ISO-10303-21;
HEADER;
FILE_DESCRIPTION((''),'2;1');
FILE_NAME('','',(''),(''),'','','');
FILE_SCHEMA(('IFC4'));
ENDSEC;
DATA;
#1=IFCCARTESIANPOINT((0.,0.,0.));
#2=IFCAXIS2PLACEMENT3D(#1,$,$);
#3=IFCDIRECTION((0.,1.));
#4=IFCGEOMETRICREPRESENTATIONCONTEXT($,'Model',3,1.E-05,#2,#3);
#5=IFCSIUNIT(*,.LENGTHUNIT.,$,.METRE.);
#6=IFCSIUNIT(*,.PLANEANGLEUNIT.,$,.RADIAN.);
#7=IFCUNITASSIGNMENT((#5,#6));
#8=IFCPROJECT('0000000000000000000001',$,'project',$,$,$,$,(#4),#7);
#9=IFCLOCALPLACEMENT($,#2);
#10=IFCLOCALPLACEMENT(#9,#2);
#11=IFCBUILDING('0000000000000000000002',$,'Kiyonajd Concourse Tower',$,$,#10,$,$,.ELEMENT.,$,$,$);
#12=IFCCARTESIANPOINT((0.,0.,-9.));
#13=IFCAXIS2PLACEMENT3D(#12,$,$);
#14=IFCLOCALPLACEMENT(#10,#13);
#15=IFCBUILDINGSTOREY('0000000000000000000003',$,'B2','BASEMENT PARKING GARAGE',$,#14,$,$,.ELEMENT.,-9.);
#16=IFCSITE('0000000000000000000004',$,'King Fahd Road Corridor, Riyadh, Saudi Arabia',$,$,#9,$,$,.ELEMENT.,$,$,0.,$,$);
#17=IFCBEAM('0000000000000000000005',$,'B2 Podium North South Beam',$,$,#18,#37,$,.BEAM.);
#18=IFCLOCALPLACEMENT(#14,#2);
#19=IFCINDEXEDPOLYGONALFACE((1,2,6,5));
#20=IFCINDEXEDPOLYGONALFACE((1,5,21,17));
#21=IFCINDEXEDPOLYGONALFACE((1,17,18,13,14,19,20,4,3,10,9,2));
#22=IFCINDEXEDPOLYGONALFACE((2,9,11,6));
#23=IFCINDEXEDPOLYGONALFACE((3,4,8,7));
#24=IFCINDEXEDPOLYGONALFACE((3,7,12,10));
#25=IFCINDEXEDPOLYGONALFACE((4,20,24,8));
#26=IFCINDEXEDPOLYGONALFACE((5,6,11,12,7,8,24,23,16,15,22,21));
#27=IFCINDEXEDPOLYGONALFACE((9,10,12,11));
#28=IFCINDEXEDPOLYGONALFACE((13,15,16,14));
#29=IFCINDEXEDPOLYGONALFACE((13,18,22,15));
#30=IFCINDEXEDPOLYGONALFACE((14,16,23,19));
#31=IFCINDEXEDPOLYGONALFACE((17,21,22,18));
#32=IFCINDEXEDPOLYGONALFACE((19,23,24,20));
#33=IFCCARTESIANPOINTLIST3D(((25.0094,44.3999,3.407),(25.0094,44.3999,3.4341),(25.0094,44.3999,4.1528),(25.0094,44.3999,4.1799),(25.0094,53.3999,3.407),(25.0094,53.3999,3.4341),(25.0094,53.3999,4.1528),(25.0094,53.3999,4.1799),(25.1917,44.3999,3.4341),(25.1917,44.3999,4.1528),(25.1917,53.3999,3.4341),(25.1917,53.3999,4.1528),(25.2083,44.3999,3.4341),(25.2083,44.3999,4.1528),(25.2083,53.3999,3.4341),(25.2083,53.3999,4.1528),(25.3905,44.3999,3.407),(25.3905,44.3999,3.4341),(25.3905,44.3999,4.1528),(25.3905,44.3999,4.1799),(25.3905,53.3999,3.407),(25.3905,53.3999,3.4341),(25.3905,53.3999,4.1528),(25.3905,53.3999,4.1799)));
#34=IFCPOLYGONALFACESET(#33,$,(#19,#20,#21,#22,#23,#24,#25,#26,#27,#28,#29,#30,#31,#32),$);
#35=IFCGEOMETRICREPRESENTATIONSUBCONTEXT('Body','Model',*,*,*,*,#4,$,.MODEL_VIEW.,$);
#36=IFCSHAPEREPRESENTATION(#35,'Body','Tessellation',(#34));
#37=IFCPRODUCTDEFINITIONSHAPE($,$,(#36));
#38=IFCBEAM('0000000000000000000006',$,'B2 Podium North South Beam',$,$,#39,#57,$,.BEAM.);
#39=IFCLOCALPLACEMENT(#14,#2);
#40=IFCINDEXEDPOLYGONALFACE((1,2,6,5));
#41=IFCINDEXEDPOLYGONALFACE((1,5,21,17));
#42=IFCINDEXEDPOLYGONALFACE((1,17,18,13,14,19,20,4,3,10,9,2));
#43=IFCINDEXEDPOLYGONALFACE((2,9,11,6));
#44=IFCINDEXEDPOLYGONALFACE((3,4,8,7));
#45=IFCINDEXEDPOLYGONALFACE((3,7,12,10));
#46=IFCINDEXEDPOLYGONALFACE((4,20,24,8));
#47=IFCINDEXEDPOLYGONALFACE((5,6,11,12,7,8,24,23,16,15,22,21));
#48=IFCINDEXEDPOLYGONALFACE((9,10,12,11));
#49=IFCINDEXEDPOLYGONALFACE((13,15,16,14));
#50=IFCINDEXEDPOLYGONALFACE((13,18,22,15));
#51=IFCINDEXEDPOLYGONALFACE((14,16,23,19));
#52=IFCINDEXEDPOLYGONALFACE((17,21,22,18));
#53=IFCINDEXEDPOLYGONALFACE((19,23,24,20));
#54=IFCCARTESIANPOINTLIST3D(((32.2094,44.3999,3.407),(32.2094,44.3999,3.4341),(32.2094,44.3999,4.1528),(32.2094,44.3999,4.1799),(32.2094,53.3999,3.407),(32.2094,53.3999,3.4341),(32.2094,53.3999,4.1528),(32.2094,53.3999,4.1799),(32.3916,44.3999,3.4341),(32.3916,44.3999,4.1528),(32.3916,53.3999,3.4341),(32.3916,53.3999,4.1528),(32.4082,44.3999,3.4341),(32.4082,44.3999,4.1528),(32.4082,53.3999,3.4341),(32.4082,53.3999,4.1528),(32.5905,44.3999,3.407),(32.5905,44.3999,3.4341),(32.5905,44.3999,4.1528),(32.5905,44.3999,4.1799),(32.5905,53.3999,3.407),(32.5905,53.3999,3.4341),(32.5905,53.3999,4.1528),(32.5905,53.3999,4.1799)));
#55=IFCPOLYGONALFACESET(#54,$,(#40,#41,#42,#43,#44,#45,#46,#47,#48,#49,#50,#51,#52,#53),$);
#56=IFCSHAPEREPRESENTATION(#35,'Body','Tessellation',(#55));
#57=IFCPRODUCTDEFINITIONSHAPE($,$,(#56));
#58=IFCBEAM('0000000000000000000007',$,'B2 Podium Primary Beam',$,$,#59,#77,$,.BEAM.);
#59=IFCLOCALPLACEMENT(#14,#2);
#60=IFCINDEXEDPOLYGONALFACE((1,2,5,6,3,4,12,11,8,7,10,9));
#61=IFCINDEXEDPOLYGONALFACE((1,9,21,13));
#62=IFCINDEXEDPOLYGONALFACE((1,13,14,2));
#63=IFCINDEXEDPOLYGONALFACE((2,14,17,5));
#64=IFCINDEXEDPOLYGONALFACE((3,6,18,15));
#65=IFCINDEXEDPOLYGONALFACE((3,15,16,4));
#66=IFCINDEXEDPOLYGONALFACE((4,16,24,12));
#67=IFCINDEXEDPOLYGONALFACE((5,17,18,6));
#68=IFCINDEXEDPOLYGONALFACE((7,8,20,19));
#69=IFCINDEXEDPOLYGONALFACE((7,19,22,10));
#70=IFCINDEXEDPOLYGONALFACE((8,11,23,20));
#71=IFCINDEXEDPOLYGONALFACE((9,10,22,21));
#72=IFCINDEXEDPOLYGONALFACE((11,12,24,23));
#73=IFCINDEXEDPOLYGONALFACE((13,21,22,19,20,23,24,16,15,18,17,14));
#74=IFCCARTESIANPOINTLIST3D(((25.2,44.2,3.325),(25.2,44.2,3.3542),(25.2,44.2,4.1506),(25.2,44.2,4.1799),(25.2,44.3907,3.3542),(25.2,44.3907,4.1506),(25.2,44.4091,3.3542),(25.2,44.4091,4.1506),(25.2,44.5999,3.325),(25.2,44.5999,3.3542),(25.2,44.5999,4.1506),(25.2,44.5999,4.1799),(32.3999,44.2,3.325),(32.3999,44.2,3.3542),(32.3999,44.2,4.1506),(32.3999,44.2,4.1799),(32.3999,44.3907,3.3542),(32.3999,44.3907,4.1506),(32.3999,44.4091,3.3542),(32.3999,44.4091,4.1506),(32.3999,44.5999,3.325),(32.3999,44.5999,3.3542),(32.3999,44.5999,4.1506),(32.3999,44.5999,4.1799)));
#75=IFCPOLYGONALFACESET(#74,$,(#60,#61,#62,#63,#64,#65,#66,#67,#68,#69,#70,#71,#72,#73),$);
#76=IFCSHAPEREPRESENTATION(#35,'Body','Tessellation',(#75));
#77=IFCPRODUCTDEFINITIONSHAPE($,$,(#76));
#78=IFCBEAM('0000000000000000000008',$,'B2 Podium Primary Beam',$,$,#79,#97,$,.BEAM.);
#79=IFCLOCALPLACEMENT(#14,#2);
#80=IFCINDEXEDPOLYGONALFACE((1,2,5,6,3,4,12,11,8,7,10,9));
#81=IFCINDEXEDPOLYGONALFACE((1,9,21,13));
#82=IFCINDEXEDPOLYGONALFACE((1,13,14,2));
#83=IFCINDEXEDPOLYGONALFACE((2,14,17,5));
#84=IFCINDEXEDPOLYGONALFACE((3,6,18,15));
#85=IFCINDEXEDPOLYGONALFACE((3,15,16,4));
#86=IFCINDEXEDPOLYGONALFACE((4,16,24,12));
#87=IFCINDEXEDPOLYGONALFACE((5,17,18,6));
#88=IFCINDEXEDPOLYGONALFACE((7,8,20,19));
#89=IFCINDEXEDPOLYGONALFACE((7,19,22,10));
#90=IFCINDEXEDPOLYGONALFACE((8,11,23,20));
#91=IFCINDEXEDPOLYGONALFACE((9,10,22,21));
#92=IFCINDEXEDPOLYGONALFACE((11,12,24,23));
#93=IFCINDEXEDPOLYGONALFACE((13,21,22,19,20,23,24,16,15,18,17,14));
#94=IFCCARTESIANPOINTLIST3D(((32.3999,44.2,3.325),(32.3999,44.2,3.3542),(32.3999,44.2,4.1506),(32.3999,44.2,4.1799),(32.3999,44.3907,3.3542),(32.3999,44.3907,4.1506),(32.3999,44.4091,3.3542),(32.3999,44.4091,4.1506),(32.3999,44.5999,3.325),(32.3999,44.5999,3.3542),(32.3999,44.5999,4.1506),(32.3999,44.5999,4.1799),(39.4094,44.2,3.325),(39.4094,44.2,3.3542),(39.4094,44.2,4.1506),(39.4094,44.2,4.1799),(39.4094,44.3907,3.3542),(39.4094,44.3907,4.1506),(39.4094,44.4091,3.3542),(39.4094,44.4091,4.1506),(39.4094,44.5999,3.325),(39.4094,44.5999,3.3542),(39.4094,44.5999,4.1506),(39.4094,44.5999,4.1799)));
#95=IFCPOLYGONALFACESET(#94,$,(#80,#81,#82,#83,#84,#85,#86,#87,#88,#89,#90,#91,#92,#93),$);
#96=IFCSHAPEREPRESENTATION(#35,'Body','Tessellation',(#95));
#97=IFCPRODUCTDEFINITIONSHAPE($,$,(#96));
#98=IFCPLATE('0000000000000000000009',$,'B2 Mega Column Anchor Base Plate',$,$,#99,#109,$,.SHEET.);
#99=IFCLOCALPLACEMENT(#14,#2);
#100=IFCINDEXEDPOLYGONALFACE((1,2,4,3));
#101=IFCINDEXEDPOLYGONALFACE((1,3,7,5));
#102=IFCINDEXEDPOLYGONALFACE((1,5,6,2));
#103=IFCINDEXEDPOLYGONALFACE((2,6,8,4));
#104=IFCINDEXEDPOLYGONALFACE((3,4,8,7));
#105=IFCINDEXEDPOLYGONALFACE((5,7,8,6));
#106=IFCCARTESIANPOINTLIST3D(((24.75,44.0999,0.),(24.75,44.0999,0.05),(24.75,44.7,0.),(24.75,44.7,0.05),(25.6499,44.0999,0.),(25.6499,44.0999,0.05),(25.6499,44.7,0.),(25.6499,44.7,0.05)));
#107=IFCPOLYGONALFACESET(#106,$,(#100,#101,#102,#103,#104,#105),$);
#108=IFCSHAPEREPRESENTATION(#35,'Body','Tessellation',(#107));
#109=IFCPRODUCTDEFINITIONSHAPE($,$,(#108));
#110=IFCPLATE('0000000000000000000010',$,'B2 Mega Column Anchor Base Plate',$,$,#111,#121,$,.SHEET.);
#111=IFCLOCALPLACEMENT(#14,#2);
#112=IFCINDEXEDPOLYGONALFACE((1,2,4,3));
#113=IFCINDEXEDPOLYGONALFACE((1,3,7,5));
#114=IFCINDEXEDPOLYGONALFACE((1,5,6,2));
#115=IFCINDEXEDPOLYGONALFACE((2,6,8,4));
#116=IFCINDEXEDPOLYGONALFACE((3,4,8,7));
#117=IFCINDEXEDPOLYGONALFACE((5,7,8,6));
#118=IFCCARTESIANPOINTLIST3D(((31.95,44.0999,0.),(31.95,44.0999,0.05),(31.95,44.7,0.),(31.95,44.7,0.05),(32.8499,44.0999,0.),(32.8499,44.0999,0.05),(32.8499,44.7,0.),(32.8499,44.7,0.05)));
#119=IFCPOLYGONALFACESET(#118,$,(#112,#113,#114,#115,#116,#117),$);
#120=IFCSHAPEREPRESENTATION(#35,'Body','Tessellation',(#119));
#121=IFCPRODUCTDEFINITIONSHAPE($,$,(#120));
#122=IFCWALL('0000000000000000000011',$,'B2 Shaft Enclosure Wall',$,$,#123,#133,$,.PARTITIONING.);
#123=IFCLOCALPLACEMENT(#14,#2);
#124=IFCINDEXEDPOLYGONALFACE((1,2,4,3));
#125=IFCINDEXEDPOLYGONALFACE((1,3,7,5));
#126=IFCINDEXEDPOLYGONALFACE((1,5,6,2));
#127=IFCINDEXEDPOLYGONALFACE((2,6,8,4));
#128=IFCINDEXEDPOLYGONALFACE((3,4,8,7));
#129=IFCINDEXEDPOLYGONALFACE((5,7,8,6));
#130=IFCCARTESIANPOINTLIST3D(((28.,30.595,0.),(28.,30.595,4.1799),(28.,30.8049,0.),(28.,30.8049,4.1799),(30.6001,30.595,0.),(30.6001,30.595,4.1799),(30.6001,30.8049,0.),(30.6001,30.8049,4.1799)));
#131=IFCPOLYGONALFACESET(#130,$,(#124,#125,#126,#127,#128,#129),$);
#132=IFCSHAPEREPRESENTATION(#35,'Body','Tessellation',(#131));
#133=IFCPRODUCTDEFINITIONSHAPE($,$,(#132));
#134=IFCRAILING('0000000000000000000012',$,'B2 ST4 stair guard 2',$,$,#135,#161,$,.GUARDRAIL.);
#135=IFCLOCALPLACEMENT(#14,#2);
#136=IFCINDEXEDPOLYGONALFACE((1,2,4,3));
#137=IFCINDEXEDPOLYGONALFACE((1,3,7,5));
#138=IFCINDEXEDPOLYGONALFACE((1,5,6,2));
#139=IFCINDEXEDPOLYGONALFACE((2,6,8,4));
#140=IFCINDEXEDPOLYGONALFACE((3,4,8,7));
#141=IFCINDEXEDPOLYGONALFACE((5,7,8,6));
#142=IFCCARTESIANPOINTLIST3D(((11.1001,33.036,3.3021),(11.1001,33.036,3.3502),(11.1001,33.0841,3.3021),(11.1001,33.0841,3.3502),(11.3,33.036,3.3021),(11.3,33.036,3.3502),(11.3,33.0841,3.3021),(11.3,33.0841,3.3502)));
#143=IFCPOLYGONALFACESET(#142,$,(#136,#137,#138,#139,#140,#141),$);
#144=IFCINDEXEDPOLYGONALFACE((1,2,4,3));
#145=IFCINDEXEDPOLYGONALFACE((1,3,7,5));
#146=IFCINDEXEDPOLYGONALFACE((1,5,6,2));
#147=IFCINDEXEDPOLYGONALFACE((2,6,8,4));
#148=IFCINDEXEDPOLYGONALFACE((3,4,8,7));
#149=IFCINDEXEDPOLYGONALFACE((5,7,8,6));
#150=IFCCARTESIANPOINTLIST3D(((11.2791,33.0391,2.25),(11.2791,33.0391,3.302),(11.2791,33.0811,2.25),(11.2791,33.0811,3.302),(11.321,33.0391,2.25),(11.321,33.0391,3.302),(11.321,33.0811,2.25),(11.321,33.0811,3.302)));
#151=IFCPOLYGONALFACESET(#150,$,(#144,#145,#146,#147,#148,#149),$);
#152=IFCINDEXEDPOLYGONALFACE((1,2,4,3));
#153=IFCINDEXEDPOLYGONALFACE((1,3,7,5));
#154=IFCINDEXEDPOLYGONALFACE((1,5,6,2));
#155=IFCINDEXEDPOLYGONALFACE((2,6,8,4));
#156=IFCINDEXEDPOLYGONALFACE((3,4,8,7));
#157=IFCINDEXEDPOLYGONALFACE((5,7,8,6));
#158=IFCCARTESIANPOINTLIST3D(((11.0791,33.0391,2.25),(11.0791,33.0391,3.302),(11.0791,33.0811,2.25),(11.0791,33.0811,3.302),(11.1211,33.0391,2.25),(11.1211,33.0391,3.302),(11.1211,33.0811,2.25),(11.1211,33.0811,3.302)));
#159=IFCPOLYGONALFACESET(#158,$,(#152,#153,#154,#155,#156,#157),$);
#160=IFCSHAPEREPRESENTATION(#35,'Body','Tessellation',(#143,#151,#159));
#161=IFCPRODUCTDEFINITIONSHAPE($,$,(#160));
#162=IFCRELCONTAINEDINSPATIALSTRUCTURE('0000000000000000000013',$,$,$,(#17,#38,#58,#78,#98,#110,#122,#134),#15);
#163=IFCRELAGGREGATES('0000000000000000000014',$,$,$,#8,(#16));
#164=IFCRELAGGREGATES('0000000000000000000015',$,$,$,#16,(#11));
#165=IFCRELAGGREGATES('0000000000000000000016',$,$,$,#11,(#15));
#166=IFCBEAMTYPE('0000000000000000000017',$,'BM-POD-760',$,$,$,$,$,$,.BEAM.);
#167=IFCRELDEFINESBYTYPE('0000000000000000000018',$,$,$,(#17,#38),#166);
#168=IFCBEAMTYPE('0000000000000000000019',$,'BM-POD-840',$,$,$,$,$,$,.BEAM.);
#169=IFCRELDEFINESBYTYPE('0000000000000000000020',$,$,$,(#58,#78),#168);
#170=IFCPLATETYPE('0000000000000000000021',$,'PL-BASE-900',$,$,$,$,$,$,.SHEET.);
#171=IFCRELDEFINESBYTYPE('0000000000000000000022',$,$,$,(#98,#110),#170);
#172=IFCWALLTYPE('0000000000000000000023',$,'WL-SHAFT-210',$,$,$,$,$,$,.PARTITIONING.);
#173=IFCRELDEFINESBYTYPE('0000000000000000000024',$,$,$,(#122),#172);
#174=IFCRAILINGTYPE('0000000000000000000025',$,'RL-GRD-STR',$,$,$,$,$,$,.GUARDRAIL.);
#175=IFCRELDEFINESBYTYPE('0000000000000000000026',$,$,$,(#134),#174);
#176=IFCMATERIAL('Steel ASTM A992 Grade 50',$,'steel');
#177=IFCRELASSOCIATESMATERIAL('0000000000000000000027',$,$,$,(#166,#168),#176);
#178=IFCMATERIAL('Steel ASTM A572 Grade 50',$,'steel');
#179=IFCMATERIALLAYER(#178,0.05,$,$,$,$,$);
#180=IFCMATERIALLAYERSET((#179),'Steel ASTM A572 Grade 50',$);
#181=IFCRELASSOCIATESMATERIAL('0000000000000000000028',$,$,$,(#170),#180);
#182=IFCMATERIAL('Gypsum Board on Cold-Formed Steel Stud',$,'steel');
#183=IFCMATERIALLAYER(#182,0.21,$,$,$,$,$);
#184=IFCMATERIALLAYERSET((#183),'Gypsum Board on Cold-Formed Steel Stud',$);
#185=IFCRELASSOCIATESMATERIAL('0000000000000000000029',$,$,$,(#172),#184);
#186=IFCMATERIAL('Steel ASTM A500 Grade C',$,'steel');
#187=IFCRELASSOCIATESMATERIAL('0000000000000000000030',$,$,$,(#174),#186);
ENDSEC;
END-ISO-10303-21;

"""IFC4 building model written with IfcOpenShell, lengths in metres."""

from ifc_helpers import new_model, si_unit, direction, frame, frame_2d, origin, origin_2d, place, context, subcontext, project, spatial, rectangle, i_section, extrude, material, layer, layer_set, material_profile, profile_set, type_object, element, save


model = new_model("IFC4")

# Units and contexts
model_context = context("Model", 3, precision=1e-05, world=origin(), true_north=direction((0.0, 1.0)))
body_context = subcontext(model_context, "Body", "Model", "MODEL_VIEW")
ifc_project = project(units=[si_unit("LENGTHUNIT", "METRE"), si_unit("PLANEANGLEUNIT", "RADIAN")], contexts=[model_context])

# Site, building, storey
site_placement = place(None, origin())
site = spatial("IfcSite", under=ifc_project, at=site_placement, Name="King Fahd Road Corridor, Riyadh, Saudi Arabia", CompositionType="ELEMENT", RefElevation=0.0)
building_placement = place(site_placement, origin())
building = spatial("IfcBuilding", under=site, at=building_placement, Name="Kiyonajd Concourse Tower", CompositionType="ELEMENT")
storey_placement = place(building_placement, frame((0.0, 0.0, -9.0)))
storey = spatial("IfcBuildingStorey", under=building, at=storey_placement, Name="B2", Description="BASEMENT PARKING GARAGE", CompositionType="ELEMENT", Elevation=-9.0)

# Beams
ifc_material_1 = material(Name="Steel ASTM A992 Grade 50", Category="steel")
ifc_material_profile_1 = material_profile(ifc_material_1, i_section(OverallWidth=0.3811, OverallDepth=0.7729, WebThickness=0.0166, FlangeThickness=0.0271, at=origin_2d()), Name="W760X257")
ifc_profile_set_1 = profile_set([ifc_material_profile_1], Name="Steel ASTM A992 Grade 50")
beam_type_1 = type_object("IfcBeamType", Name="BM-POD-760", PredefinedType="BEAM", material=ifc_profile_set_1)
for number, where, z_axis, x_axis, name in (
    (1, (25.2, 44.3999, 3.7935), (0.0, 1.0, 0.0), (-1.0, 0.0, 0.0), "B2 Podium North South Beam"),
    (2, (32.3999, 44.3999, 3.7935), (0.0, 1.0, 0.0), (-1.0, 0.0, 0.0), "B2 Podium North South Beam"),
):
    element("IfcBeam", number, at=place(storey_placement, frame(where, z_axis=z_axis, x_axis=x_axis)), inside=storey, type_object=beam_type_1, Name=name, PredefinedType="BEAM", context=body_context, shape_type="SweptSolid", body=[
        extrude(i_section(OverallWidth=0.3811, OverallDepth=0.7729, WebThickness=0.0166, FlangeThickness=0.0271, at=origin_2d()), origin(), (0.0, 0.0, 1.0), 9.0),
    ])
ifc_material_profile_2 = material_profile(ifc_material_1, i_section(OverallWidth=0.3999, OverallDepth=0.855, WebThickness=0.0183, FlangeThickness=0.0293, at=origin_2d()), Name="W840X299")
ifc_profile_set_2 = profile_set([ifc_material_profile_2], Name="Steel ASTM A992 Grade 50")
beam_type_2 = type_object("IfcBeamType", Name="BM-POD-840", PredefinedType="BEAM", material=ifc_profile_set_2)
beam_1_placement = place(storey_placement, frame((25.2, 44.3999, 3.7524), z_axis=(1.0, 0.0, 0.0), x_axis=(0.0, 1.0, 0.0)))
element("IfcBeam", 3, at=beam_1_placement, inside=storey, type_object=beam_type_2, Name="B2 Podium Primary Beam", PredefinedType="BEAM", context=body_context, shape_type="SweptSolid", body=[
    extrude(i_section(OverallWidth=0.3999, OverallDepth=0.855, WebThickness=0.0183, FlangeThickness=0.0293, at=origin_2d()), origin(), (0.0, 0.0, 1.0), 7.2),
])
beam_2_placement = place(storey_placement, frame((32.3999, 44.3999, 3.7524), z_axis=(1.0, 0.0, 0.0), x_axis=(0.0, 1.0, 0.0)))
element("IfcBeam", 4, at=beam_2_placement, inside=storey, type_object=beam_type_2, Name="B2 Podium Primary Beam", PredefinedType="BEAM", context=body_context, shape_type="SweptSolid", body=[
    extrude(i_section(OverallWidth=0.3999, OverallDepth=0.855, WebThickness=0.0183, FlangeThickness=0.0293, at=origin_2d()), origin(), (0.0, 0.0, 1.0), 7.0095),
])

# Plates
ifc_material_2 = material(Name="Steel ASTM A572 Grade 50", Category="steel")
ifc_layer_1 = layer(ifc_material_2, 0.05)
ifc_layer_set_1 = layer_set([ifc_layer_1], Name="Steel ASTM A572 Grade 50")
plate_type = type_object("IfcPlateType", Name="PL-BASE-900", PredefinedType="SHEET", material=ifc_layer_set_1)
for number, where, z_axis, x_axis, name in (
    (5, (25.2, 44.3999, 0.0), (0.0, 0.0, 1.0), (1.0, 0.0, 0.0), "B2 Mega Column Anchor Base Plate"),
    (6, (32.3999, 44.3999, 0.0), (0.0, 0.0, 1.0), (1.0, 0.0, 0.0), "B2 Mega Column Anchor Base Plate"),
):
    element("IfcPlate", number, at=place(storey_placement, frame(where, z_axis=z_axis, x_axis=x_axis)), inside=storey, type_object=plate_type, Name=name, PredefinedType="SHEET", context=body_context, shape_type="SweptSolid", body=[
        extrude(rectangle(XDim=0.8999, YDim=0.6001, at=origin_2d()), origin(), (0.0, 0.0, 1.0), 0.05),
    ])

# Wall
ifc_material_3 = material(Name="Gypsum Board on Cold-Formed Steel Stud", Category="steel")
ifc_layer_2 = layer(ifc_material_3, 0.21)
ifc_layer_set_2 = layer_set([ifc_layer_2], Name="Gypsum Board on Cold-Formed Steel Stud")
wall_type = type_object("IfcWallType", Name="WL-SHAFT-210", PredefinedType="PARTITIONING", material=ifc_layer_set_2)
wall_placement = place(storey_placement, frame((28.0, 30.7, 0.0), z_axis=(0.0, 0.0, 1.0), x_axis=(1.0, 0.0, 0.0)))
element("IfcWall", 7, at=wall_placement, inside=storey, type_object=wall_type, Name="B2 Shaft Enclosure Wall", PredefinedType="PARTITIONING", context=body_context, shape_type="SweptSolid", body=[
    extrude(rectangle(XDim=2.6001, YDim=0.21, at=frame_2d((1.3, 0.0))), origin(), (0.0, 0.0, 1.0), 4.1799),
])

# Railing
ifc_material_4 = material(Name="Steel ASTM A500 Grade C", Category="steel")
railing_type = type_object("IfcRailingType", Name="RL-GRD-STR", PredefinedType="GUARDRAIL", material=ifc_material_4)
railing_placement = place(storey_placement, frame((11.3, 33.0601, 2.25)))
element("IfcRailing", 8, at=railing_placement, inside=storey, type_object=railing_type, Name="B2 ST4 stair guard 2", PredefinedType="GUARDRAIL", context=body_context, shape_type="SweptSolid", body=[
    extrude(rectangle(XDim=0.0481, YDim=0.0481, at=origin_2d()), frame((0.0, 0.0, 1.0762), z_axis=(-1.0, 0.0, 0.0), x_axis=(0.0, -1.0, 0.0)), (0.0, 0.0, 1.0), 0.2),
    extrude(rectangle(XDim=0.042, YDim=0.042, at=origin_2d()), origin(), (0.0, 0.0, 1.0), 1.052),
    extrude(rectangle(XDim=0.042, YDim=0.042, at=origin_2d()), frame((-0.2, 0.0, 0.0)), (0.0, 0.0, 1.0), 1.052),
])

save(model, "model.ifc")
